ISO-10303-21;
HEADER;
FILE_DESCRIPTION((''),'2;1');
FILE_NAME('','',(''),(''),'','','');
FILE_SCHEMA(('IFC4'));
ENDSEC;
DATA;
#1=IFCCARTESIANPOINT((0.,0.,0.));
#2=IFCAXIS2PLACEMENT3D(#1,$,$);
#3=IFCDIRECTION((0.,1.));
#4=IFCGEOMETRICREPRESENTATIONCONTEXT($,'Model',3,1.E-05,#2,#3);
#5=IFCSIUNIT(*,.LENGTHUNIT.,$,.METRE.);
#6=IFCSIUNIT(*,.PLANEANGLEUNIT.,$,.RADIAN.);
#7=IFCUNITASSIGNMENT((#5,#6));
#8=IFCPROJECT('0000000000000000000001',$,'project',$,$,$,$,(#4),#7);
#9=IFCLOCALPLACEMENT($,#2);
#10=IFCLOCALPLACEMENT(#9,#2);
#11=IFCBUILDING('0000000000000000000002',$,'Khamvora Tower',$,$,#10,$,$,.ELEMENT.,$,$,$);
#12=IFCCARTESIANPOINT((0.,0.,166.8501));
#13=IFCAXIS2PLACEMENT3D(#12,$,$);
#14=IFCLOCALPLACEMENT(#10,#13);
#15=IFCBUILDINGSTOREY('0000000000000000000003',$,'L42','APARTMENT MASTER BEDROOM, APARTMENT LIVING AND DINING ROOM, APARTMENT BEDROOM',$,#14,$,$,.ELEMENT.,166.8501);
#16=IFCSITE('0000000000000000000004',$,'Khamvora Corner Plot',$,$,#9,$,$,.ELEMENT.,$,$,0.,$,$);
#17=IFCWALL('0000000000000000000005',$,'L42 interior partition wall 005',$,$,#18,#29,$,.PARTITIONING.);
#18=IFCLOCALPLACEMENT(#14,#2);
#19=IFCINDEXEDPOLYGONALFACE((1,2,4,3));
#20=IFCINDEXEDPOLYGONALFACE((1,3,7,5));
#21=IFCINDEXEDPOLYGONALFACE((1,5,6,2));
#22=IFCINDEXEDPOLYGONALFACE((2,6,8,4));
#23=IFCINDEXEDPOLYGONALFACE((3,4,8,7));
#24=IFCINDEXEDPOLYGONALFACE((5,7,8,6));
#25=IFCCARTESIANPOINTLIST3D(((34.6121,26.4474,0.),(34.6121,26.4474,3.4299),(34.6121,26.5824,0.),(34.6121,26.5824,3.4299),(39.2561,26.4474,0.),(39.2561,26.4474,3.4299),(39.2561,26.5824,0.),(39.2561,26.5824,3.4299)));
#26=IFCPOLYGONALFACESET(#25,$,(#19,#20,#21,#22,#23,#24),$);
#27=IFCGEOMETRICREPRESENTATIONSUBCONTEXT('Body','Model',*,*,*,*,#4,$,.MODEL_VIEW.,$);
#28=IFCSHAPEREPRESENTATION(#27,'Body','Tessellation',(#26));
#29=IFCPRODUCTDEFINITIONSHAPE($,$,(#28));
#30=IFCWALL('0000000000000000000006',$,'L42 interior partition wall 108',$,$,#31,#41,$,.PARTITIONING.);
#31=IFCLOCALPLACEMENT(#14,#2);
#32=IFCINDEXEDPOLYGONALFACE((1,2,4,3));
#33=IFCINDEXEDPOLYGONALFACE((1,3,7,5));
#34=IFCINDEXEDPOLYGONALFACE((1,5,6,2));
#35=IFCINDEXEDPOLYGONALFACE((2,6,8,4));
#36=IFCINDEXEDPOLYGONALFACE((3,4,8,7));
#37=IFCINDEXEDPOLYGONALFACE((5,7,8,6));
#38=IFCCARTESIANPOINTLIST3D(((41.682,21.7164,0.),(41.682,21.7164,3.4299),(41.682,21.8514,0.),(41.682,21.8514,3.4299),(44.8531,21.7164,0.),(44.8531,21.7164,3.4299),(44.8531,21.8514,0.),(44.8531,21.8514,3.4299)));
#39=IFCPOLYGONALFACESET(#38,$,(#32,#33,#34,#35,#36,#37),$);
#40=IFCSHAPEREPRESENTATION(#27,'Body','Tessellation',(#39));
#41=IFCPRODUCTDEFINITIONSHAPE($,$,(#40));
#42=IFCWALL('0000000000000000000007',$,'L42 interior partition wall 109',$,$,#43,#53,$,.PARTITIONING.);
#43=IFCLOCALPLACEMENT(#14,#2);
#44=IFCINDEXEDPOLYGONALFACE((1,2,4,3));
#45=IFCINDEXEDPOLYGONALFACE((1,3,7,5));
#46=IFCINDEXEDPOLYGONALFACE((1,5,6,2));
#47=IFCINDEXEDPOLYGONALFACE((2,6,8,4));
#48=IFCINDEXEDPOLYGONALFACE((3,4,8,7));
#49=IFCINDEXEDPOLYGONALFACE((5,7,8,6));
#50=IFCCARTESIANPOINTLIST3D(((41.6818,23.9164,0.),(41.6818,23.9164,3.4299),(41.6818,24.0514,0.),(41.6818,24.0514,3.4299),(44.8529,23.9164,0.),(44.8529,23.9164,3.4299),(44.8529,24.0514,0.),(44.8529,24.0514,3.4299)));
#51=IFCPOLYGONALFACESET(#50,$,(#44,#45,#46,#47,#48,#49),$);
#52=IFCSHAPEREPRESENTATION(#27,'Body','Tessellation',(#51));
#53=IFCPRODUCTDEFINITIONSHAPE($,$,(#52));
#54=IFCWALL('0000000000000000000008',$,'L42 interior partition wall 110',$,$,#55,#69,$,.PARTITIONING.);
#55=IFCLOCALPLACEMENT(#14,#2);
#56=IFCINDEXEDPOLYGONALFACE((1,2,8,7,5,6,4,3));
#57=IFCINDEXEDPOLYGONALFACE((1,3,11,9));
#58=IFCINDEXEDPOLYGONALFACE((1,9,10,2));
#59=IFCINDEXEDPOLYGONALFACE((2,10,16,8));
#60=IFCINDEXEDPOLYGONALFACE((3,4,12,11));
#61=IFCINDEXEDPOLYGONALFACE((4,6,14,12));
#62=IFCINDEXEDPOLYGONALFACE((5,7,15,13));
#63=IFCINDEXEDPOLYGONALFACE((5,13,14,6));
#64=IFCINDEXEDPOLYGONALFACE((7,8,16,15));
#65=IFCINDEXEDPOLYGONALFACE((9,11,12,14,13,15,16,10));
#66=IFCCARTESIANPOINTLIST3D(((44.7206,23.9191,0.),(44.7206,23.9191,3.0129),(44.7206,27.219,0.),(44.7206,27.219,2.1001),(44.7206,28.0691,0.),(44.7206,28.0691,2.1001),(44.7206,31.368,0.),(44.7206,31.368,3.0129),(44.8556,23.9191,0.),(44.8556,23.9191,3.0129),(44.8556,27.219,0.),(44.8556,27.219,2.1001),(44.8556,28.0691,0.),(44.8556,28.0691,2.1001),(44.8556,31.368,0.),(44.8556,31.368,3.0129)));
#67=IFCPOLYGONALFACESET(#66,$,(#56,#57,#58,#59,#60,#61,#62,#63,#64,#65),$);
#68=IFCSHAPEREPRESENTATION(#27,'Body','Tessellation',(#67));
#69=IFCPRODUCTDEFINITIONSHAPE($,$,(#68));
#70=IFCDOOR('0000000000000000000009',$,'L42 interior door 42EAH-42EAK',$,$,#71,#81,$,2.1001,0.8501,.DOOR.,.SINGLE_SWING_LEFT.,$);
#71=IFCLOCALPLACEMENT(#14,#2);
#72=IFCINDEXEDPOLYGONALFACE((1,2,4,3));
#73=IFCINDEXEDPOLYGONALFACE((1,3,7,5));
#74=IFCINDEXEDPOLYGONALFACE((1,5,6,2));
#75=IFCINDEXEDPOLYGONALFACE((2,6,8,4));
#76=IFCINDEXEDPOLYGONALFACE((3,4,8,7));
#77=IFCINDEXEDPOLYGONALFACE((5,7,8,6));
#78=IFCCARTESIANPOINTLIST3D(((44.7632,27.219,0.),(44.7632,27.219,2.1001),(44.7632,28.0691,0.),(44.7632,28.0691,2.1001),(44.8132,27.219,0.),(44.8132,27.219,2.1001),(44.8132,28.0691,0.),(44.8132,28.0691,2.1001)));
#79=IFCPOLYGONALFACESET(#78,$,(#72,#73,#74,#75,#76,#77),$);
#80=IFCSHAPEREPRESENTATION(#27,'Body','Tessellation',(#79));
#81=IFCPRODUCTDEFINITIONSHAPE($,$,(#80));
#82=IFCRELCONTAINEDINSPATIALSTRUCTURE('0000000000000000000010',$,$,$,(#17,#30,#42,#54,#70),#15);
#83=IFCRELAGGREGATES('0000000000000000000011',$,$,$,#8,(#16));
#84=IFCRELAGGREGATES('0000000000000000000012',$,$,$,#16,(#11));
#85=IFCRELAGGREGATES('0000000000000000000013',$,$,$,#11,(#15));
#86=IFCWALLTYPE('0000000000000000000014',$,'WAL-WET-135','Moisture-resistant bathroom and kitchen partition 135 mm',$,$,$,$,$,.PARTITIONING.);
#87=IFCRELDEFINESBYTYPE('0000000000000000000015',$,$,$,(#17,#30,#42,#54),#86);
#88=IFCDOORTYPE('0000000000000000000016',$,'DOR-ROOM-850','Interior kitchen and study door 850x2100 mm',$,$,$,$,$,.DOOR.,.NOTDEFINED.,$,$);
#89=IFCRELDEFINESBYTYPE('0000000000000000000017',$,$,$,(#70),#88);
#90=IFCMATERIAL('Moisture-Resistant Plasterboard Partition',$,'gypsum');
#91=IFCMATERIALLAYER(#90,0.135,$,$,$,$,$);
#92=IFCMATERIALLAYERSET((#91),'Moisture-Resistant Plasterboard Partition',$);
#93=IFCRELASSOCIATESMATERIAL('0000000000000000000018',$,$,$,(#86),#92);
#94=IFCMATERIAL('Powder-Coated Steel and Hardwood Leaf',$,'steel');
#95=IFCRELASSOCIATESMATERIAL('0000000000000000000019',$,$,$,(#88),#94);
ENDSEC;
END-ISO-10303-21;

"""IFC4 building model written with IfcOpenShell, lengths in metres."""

from ifc_helpers import new_model, si_unit, direction, frame, frame_2d, origin, place, context, subcontext, project, spatial, rectangle, extrude, material, layer, layer_set, type_object, element, fill, save


model = new_model("IFC4")

# Units and contexts
model_context = context("Model", 3, precision=1e-05, world=origin(), true_north=direction((0.0, 1.0)))
body_context = subcontext(model_context, "Body", "Model", "MODEL_VIEW")
ifc_project = project(units=[si_unit("LENGTHUNIT", "METRE"), si_unit("PLANEANGLEUNIT", "RADIAN")], contexts=[model_context])

# Site, building, storey
site_placement = place(None, origin())
site = spatial("IfcSite", under=ifc_project, at=site_placement, Name="Khamvora Corner Plot", CompositionType="ELEMENT", RefElevation=0.0)
building_placement = place(site_placement, origin())
building = spatial("IfcBuilding", under=site, at=building_placement, Name="Khamvora Tower", CompositionType="ELEMENT")
storey_placement = place(building_placement, frame((0.0, 0.0, 166.8501)))
storey = spatial("IfcBuildingStorey", under=building, at=storey_placement, Name="L42", Description="APARTMENT MASTER BEDROOM, APARTMENT LIVING AND DINING ROOM, APARTMENT BEDROOM", CompositionType="ELEMENT", Elevation=166.8501)

# Shared definitions
ifc_material_1 = material(Name="Powder-Coated Steel and Hardwood Leaf", Category="steel")

# Walls
ifc_material_2 = material(Name="Moisture-Resistant Plasterboard Partition", Category="gypsum")
ifc_layer_1 = layer(ifc_material_2, 0.135)
ifc_layer_set_1 = layer_set([ifc_layer_1], Name="Moisture-Resistant Plasterboard Partition")
wall_type_1 = type_object("IfcWallType", Name="WAL-WET-135", Description="Moisture-resistant bathroom and kitchen partition 135 mm", PredefinedType="PARTITIONING", material=ifc_layer_set_1)
wall_1_placement = place(storey_placement, frame((34.6121, 26.5149, 0.0), z_axis=(0.0, 0.0, 1.0), x_axis=(1.0, 0.0, 0.0)))
element("IfcWall", 1, at=wall_1_placement, inside=storey, type_object=wall_type_1, Name="L42 interior partition wall 005", PredefinedType="PARTITIONING", context=body_context, shape_type="SweptSolid", body=[
    extrude(rectangle(XDim=4.644, YDim=0.135, at=frame_2d((2.322, 0.0))), origin(), (0.0, 0.0, 1.0), 3.4299),
])
for number, where, z_axis, x_axis, name in (
    (2, (44.853, 21.7839, 0.0), (0.0, 0.0, 1.0), (-1.0, 0.0, 0.0), "L42 interior partition wall 108"),
    (3, (41.6819, 23.9839, 0.0), (0.0, 0.0, 1.0), (1.0, 0.0, 0.0), "L42 interior partition wall 109"),
):
    element("IfcWall", number, at=place(storey_placement, frame(where, z_axis=z_axis, x_axis=x_axis)), inside=storey, type_object=wall_type_1, Name=name, PredefinedType="PARTITIONING", context=body_context, shape_type="SweptSolid", body=[
        extrude(rectangle(XDim=3.1711, YDim=0.135, at=frame_2d((1.5854, 0.0))), origin(), (0.0, 0.0, 1.0), 3.4299),
    ])

# Wall, opening, door
wall_2_placement = place(storey_placement, frame((44.7881, 23.9189, 0.0), z_axis=(0.0, 0.0, 1.0), x_axis=(0.0, 1.0, 0.0)))
wall_2 = element("IfcWall", 4, at=wall_2_placement, inside=storey, type_object=wall_type_1, Name="L42 interior partition wall 110", PredefinedType="PARTITIONING", context=body_context, shape_type="SweptSolid", body=[
    extrude(rectangle(XDim=7.449, YDim=0.135, at=frame_2d((3.7246, 0.0))), origin(), (0.0, 0.0, 1.0), 3.0129),
])
opening_1_placement = place(wall_2_placement, frame((3.3, 0.0, 0.0)))
opening_1 = element("IfcOpeningElement", 5, at=opening_1_placement, cuts=wall_2, PredefinedType="OPENING", context=body_context, shape_type="SweptSolid", body=[
    extrude(rectangle(XDim=0.8501, YDim=2.1001, at=frame_2d((0.425, 1.05))), frame((0.0, 0.0774, 0.0), z_axis=(0.0, -1.0, 0.0), x_axis=(1.0, 0.0, 0.0)), (0.0, 0.0, 1.0), 0.155),
])
door_type_1 = type_object("IfcDoorType", Name="DOR-ROOM-850", Description="Interior kitchen and study door 850x2100 mm", OperationType="NOTDEFINED", PredefinedType="DOOR", material=ifc_material_1)
door_1_placement = place(opening_1_placement, origin())
door_1 = element("IfcDoor", 6, at=door_1_placement, inside=storey, type_object=door_type_1, Name="L42 interior door 42EAH-42EAK", OperationType="SINGLE_SWING_LEFT", OverallHeight=2.1001, OverallWidth=0.8501, PredefinedType="DOOR", context=body_context, shape_type="SweptSolid", body=[
    extrude(rectangle(XDim=0.8501, YDim=2.1001, at=frame_2d((0.425, 1.05))), frame((0.0, 0.0249, 0.0), z_axis=(0.0, -1.0, 0.0), x_axis=(1.0, 0.0, 0.0)), (0.0, 0.0, 1.0), 0.05),
])
fill(opening_1, door_1)

save(model, "model.ifc")
